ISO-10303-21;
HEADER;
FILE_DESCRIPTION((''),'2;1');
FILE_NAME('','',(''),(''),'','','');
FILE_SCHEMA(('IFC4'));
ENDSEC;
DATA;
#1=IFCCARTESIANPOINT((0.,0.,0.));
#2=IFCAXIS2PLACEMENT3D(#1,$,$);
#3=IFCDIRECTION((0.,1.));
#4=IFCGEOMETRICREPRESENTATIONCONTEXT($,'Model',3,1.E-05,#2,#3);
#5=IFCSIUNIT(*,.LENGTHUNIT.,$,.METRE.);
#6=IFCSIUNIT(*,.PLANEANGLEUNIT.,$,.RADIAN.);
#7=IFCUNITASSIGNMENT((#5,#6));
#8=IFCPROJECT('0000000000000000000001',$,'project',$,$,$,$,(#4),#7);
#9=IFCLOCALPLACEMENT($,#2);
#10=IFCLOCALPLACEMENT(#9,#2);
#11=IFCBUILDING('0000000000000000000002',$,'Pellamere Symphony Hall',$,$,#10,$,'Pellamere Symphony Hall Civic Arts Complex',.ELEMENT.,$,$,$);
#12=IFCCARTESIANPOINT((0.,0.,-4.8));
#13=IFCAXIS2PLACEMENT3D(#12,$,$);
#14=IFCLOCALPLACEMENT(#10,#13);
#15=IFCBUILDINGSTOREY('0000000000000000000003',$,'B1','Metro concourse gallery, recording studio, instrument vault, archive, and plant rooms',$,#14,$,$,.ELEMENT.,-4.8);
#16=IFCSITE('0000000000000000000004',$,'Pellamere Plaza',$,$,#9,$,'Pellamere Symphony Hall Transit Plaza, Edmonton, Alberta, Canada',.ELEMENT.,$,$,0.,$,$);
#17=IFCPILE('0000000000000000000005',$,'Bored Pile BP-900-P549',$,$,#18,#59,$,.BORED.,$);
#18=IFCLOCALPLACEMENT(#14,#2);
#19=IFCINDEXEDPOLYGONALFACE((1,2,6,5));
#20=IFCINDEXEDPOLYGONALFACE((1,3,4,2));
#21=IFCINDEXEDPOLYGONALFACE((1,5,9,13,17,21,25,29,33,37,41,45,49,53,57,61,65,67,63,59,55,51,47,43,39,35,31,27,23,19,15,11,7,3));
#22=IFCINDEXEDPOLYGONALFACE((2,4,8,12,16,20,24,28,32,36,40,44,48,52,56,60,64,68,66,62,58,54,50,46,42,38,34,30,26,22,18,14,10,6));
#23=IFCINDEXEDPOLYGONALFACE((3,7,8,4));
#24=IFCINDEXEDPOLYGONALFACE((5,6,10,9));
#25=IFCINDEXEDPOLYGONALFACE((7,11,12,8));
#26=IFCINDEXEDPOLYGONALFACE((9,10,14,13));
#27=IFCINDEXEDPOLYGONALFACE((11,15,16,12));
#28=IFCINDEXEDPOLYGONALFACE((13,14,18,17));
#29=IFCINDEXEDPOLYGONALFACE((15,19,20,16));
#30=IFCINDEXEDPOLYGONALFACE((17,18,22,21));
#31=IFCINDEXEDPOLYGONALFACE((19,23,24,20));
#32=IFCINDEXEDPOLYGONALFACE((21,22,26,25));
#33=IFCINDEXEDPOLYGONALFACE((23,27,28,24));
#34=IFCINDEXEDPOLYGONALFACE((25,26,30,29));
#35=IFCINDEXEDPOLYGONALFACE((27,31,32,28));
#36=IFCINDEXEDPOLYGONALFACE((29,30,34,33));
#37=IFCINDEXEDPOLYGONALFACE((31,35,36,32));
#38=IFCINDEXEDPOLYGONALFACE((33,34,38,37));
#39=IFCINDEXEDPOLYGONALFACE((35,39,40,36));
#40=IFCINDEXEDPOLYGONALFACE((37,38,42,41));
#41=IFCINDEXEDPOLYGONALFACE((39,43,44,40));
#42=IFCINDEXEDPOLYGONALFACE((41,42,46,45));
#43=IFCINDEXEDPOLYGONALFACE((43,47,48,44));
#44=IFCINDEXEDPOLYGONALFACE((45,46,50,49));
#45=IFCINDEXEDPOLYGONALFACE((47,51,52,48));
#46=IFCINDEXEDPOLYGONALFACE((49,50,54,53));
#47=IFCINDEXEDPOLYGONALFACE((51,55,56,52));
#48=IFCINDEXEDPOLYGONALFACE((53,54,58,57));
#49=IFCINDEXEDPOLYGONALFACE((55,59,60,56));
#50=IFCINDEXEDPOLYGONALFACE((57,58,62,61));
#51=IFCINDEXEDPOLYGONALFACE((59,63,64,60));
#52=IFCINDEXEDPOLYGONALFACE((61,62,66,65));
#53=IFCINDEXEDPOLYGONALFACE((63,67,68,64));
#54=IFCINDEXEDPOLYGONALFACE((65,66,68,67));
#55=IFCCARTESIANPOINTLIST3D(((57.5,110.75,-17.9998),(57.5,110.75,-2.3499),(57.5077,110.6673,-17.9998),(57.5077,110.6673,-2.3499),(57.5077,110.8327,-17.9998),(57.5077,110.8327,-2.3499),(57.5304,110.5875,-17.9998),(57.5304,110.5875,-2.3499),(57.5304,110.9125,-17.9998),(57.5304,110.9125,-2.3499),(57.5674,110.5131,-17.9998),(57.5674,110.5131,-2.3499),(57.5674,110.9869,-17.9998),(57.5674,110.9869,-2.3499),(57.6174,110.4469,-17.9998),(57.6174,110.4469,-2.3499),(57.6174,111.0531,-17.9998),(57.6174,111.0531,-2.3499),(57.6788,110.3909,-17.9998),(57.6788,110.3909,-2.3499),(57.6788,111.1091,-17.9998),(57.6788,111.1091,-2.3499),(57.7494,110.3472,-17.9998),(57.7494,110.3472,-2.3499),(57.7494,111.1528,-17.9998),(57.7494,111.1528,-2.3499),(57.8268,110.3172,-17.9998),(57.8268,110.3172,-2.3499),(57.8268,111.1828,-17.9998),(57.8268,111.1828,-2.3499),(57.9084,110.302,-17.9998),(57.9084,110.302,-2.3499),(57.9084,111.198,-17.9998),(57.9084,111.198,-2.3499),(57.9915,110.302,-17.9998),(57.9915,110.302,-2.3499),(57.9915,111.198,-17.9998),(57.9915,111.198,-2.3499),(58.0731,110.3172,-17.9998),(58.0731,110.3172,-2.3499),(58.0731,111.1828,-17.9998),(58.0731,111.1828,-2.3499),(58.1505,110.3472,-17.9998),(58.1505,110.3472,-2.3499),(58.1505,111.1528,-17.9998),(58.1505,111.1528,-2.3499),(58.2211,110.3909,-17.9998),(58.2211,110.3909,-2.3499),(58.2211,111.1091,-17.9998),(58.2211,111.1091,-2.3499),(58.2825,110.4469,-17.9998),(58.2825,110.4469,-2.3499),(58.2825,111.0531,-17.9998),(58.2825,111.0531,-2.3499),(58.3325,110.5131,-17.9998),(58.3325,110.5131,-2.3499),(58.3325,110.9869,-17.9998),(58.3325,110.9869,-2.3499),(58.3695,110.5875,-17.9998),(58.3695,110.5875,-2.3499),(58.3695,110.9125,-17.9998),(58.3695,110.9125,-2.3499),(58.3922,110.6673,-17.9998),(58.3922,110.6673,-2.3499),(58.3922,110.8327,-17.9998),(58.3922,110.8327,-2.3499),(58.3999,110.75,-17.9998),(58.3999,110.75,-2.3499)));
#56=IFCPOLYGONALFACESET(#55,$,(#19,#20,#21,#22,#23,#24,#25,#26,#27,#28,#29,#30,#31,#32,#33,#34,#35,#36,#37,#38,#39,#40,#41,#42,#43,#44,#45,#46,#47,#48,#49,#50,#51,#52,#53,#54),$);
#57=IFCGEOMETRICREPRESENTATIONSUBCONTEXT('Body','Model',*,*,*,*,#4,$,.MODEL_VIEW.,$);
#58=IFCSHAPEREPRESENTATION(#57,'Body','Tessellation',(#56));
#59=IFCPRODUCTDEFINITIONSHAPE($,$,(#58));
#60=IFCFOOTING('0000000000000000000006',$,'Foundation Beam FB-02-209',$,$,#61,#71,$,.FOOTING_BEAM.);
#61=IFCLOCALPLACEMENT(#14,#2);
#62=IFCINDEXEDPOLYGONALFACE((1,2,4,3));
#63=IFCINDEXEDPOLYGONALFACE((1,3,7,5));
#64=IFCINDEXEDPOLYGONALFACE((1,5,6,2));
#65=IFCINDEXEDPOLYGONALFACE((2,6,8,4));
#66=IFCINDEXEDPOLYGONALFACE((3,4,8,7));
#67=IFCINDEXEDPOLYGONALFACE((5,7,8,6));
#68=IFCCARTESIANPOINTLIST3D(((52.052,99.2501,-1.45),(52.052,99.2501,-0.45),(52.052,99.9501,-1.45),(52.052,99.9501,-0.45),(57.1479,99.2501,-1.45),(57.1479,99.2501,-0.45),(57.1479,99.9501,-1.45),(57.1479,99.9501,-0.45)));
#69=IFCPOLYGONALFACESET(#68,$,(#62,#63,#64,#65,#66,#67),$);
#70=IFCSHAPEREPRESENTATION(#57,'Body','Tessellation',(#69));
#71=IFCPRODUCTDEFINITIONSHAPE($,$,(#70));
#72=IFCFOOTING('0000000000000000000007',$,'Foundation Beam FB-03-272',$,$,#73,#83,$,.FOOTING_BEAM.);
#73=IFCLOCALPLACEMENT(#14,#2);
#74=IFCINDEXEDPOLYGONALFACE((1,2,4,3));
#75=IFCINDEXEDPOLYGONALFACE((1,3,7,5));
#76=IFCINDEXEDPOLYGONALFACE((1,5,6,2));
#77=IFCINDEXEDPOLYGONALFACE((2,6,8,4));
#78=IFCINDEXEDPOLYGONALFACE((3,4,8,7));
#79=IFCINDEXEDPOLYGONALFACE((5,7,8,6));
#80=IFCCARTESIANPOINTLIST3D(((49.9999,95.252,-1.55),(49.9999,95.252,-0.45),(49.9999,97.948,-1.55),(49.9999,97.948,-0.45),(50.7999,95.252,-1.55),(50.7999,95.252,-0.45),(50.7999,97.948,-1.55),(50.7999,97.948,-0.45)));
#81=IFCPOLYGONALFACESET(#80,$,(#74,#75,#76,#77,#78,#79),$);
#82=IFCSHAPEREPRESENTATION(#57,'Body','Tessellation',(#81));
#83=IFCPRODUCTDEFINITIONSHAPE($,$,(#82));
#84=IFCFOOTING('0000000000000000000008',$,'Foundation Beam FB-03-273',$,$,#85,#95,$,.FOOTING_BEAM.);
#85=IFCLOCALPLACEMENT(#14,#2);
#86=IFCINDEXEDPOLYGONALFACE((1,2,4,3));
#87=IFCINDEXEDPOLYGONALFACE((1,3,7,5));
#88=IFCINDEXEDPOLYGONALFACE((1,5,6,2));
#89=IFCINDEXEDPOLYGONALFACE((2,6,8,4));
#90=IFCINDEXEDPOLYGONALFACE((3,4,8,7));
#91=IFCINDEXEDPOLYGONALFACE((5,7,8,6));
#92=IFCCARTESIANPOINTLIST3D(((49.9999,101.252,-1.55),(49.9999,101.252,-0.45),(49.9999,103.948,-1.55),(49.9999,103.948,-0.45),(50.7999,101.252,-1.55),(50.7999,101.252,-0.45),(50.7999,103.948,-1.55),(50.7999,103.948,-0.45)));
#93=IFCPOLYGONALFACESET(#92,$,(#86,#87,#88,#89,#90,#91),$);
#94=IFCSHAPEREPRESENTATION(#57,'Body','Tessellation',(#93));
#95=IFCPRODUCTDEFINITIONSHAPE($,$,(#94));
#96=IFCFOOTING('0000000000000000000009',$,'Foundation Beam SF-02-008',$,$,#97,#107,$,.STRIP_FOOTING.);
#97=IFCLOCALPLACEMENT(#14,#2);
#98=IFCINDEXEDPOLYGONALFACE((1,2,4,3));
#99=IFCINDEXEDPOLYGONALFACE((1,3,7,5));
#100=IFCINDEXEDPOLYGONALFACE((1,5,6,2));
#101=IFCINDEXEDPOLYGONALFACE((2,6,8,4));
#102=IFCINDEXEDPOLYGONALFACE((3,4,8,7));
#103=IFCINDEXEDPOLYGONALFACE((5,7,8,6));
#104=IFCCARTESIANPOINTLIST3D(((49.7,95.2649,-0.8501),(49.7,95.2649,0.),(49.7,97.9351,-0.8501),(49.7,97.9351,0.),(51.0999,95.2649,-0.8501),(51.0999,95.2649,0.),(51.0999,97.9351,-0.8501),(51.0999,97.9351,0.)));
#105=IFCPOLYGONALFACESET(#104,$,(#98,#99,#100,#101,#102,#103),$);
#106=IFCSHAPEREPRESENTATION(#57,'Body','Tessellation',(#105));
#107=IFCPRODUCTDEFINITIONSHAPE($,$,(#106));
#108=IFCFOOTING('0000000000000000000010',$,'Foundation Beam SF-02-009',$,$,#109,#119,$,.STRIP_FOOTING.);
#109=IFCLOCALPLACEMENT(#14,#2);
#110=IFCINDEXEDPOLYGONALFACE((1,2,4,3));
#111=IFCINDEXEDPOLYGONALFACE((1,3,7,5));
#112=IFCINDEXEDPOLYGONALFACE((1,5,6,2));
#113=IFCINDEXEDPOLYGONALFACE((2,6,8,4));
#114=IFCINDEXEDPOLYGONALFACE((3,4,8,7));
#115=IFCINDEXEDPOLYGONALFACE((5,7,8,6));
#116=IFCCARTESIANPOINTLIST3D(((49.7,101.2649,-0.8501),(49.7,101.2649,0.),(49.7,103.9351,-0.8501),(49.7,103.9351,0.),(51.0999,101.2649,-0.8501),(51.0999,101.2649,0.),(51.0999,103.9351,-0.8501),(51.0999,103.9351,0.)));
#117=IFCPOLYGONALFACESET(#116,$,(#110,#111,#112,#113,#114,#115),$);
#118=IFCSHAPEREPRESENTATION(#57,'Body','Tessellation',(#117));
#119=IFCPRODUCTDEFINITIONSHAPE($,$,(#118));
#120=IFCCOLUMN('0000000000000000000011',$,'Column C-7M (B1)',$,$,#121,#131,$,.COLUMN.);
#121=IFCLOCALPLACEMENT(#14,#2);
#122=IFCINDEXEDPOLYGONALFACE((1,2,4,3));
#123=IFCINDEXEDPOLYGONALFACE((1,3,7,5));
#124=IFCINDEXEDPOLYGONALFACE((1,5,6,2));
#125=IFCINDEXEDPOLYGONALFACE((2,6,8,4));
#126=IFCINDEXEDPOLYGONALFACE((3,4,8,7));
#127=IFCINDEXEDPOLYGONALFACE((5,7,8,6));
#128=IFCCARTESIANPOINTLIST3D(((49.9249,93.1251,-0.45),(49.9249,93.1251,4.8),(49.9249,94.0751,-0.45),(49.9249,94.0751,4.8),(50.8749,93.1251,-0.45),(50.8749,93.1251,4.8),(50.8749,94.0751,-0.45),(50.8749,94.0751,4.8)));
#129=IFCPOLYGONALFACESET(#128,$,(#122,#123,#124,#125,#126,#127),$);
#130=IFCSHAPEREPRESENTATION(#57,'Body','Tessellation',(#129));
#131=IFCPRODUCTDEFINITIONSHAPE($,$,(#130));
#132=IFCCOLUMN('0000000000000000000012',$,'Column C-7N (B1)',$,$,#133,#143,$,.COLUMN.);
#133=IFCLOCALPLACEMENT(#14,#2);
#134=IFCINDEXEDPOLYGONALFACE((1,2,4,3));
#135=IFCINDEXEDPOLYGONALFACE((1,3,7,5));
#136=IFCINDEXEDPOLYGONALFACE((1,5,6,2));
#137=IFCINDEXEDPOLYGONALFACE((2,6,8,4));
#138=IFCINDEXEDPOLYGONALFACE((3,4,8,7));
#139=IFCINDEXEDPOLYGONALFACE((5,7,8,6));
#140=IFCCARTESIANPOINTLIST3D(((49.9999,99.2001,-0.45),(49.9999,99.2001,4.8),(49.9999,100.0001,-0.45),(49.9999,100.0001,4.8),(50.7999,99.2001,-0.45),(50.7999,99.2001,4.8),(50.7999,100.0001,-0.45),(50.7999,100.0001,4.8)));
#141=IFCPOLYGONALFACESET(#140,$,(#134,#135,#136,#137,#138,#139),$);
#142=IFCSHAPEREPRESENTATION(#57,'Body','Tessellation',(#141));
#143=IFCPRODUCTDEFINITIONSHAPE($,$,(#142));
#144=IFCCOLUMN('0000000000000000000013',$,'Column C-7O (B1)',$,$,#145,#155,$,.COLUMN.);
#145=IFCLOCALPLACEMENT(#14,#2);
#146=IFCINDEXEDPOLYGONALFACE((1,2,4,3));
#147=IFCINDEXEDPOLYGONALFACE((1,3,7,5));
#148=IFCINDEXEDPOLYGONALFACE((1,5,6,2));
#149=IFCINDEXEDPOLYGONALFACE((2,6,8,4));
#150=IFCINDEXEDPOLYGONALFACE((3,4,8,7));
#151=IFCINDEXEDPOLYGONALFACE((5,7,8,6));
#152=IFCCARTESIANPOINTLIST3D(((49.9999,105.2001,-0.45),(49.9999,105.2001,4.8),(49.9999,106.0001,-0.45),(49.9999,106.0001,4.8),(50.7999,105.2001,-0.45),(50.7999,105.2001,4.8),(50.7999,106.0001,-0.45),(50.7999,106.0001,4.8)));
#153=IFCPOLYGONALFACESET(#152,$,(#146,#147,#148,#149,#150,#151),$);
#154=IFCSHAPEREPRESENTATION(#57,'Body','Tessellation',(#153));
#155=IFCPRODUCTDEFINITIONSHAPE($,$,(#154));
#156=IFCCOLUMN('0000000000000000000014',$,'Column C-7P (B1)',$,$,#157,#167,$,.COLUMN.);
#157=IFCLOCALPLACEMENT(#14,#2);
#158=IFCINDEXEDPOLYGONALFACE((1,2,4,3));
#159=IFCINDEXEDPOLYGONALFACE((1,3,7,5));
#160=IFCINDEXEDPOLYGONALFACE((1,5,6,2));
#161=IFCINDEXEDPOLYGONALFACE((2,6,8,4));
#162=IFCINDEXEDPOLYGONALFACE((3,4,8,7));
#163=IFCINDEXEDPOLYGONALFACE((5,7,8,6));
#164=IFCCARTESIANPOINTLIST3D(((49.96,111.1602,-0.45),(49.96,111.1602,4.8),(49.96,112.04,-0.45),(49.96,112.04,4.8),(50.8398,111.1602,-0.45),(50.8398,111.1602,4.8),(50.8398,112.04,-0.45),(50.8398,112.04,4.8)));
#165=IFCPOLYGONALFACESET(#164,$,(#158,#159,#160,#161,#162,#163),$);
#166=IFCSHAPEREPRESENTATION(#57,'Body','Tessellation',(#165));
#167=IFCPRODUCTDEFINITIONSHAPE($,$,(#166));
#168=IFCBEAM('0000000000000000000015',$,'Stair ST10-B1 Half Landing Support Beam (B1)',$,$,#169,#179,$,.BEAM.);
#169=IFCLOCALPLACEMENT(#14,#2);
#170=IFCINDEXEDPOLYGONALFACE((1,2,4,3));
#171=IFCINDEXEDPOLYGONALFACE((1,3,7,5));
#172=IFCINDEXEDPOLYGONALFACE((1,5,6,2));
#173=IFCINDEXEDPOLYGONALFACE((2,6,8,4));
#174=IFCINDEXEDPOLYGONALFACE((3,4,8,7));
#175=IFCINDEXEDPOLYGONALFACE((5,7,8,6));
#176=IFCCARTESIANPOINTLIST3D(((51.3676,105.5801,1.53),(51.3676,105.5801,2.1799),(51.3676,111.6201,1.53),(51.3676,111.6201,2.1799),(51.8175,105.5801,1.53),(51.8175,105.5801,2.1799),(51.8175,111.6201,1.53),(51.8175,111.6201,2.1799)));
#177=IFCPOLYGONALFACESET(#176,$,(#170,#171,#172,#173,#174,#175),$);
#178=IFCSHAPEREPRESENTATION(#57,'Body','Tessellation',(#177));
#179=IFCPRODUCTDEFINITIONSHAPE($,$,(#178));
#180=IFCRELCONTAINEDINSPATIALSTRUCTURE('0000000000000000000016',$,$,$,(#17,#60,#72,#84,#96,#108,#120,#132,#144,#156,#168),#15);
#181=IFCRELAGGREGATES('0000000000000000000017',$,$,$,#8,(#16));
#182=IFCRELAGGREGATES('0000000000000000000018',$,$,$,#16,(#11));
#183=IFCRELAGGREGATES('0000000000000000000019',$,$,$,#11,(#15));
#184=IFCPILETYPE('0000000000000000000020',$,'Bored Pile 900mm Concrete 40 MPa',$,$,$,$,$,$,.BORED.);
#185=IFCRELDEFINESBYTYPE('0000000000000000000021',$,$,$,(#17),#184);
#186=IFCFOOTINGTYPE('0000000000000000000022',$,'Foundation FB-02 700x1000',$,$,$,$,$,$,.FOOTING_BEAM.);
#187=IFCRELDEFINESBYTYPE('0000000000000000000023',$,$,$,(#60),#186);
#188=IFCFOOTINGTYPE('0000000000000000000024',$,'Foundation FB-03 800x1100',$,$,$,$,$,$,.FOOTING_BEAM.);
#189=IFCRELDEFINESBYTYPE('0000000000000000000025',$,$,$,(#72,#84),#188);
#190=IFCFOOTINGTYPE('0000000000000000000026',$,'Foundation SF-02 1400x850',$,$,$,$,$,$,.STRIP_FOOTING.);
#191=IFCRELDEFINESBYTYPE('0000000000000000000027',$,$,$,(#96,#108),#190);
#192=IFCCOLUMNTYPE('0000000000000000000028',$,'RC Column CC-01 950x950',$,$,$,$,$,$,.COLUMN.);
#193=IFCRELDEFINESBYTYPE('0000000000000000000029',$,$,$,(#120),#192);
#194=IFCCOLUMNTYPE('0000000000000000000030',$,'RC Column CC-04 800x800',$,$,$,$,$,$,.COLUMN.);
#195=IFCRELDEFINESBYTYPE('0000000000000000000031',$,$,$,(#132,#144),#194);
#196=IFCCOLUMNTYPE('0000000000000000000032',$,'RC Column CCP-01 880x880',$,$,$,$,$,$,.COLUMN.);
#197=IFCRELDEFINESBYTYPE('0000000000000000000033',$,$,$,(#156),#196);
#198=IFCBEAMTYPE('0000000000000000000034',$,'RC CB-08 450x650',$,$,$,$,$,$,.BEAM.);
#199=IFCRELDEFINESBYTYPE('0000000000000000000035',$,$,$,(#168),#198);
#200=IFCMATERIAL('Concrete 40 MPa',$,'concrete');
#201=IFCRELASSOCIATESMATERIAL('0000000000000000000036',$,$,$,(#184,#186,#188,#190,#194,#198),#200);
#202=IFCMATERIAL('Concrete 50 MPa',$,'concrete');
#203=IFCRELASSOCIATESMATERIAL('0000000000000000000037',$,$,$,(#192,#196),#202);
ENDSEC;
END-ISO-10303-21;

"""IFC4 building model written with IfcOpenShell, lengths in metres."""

from ifc_helpers import new_model, si_unit, direction, frame, origin, origin_2d, place, context, subcontext, project, spatial, rectangle, circle, extrude, material, material_profile, profile_set, type_object, element, save


model = new_model("IFC4")

# Units and contexts
model_context = context("Model", 3, precision=1e-05, world=origin(), true_north=direction((0.0, 1.0)))
body_context = subcontext(model_context, "Body", "Model", "MODEL_VIEW")
ifc_project = project(units=[si_unit("LENGTHUNIT", "METRE"), si_unit("PLANEANGLEUNIT", "RADIAN")], contexts=[model_context])

# Site, building, storey
site_placement = place(None, origin())
site = spatial("IfcSite", under=ifc_project, at=site_placement, Name="Pellamere Plaza", LongName="Pellamere Symphony Hall Transit Plaza, Edmonton, Alberta, Canada", CompositionType="ELEMENT", RefElevation=0.0)
building_placement = place(site_placement, origin())
building = spatial("IfcBuilding", under=site, at=building_placement, Name="Pellamere Symphony Hall", LongName="Pellamere Symphony Hall Civic Arts Complex", CompositionType="ELEMENT")
storey_placement = place(building_placement, frame((0.0, 0.0, -4.8)))
storey = spatial("IfcBuildingStorey", under=building, at=storey_placement, Name="B1", Description="Metro concourse gallery, recording studio, instrument vault, archive, and plant rooms", CompositionType="ELEMENT", Elevation=-4.8)

# Pile
ifc_material_1 = material(Name="Concrete 40 MPa", Category="concrete")
ifc_material_profile_1 = material_profile(ifc_material_1, circle(Radius=0.45, at=origin_2d()), Name="PILE D900")
ifc_profile_set_1 = profile_set([ifc_material_profile_1], Name="Concrete 40 MPa")
pile_type_1 = type_object("IfcPileType", Name="Bored Pile 900mm Concrete 40 MPa", PredefinedType="BORED", material=ifc_profile_set_1)
for number, where, z_axis, x_axis, name in (
    (1, (57.95, 110.75, -2.3499), (0.0, 0.0, -1.0), (1.0, 0.0, 0.0), "Bored Pile BP-900-P549"),
):
    element("IfcPile", number, at=place(storey_placement, frame(where, z_axis=z_axis, x_axis=x_axis)), inside=storey, type_object=pile_type_1, Name=name, PredefinedType="BORED", context=body_context, shape_type="SweptSolid", body=[
        extrude(circle(Radius=0.45, at=origin_2d()), origin(), (0.0, 0.0, 1.0), 15.6499),
    ])

# Footings
ifc_material_profile_2 = material_profile(ifc_material_1, rectangle(XDim=0.7, YDim=1.0, at=origin_2d()), Name="RC 700x1000")
ifc_profile_set_2 = profile_set([ifc_material_profile_2], Name="Concrete 40 MPa")
footing_type_1 = type_object("IfcFootingType", Name="Foundation FB-02 700x1000", PredefinedType="FOOTING_BEAM", material=ifc_profile_set_2)
footing_placement = place(storey_placement, frame((52.052, 99.6001, -0.95), z_axis=(1.0, 0.0, 0.0), x_axis=(0.0, 1.0, 0.0)))
element("IfcFooting", 2, at=footing_placement, inside=storey, type_object=footing_type_1, Name="Foundation Beam FB-02-209", PredefinedType="FOOTING_BEAM", context=body_context, shape_type="SweptSolid", body=[
    extrude(rectangle(XDim=0.7, YDim=1.0, at=origin_2d()), origin(), (0.0, 0.0, 1.0), 5.0959),
])
ifc_material_profile_3 = material_profile(ifc_material_1, rectangle(XDim=0.8, YDim=1.1001, at=origin_2d()), Name="RC 800x1100")
ifc_profile_set_3 = profile_set([ifc_material_profile_3], Name="Concrete 40 MPa")
footing_type_2 = type_object("IfcFootingType", Name="Foundation FB-03 800x1100", PredefinedType="FOOTING_BEAM", material=ifc_profile_set_3)
for number, where, z_axis, x_axis, name in (
    (3, (50.3999, 95.252, -1.0), (0.0, 1.0, 0.0), (-1.0, 0.0, 0.0), "Foundation Beam FB-03-272"),
    (4, (50.3999, 101.252, -1.0), (0.0, 1.0, 0.0), (-1.0, 0.0, 0.0), "Foundation Beam FB-03-273"),
):
    element("IfcFooting", number, at=place(storey_placement, frame(where, z_axis=z_axis, x_axis=x_axis)), inside=storey, type_object=footing_type_2, Name=name, PredefinedType="FOOTING_BEAM", context=body_context, shape_type="SweptSolid", body=[
        extrude(rectangle(XDim=0.8, YDim=1.1001, at=origin_2d()), origin(), (0.0, 0.0, 1.0), 2.696),
    ])
ifc_material_profile_4 = material_profile(ifc_material_1, rectangle(XDim=1.3999, YDim=0.8501, at=origin_2d()), Name="RC 1400x850")
ifc_profile_set_4 = profile_set([ifc_material_profile_4], Name="Concrete 40 MPa")
footing_type_3 = type_object("IfcFootingType", Name="Foundation SF-02 1400x850", PredefinedType="STRIP_FOOTING", material=ifc_profile_set_4)
for number, where, z_axis, x_axis, name in (
    (5, (50.3999, 95.2649, -0.425), (0.0, 1.0, 0.0), (-1.0, 0.0, 0.0), "Foundation Beam SF-02-008"),
    (6, (50.3999, 101.2649, -0.425), (0.0, 1.0, 0.0), (-1.0, 0.0, 0.0), "Foundation Beam SF-02-009"),
):
    element("IfcFooting", number, at=place(storey_placement, frame(where, z_axis=z_axis, x_axis=x_axis)), inside=storey, type_object=footing_type_3, Name=name, PredefinedType="STRIP_FOOTING", context=body_context, shape_type="SweptSolid", body=[
        extrude(rectangle(XDim=1.3999, YDim=0.8501, at=origin_2d()), origin(), (0.0, 0.0, 1.0), 2.6702),
    ])

# Columns
ifc_material_2 = material(Name="Concrete 50 MPa", Category="concrete")
ifc_material_profile_5 = material_profile(ifc_material_2, rectangle(XDim=0.95, YDim=0.95, at=origin_2d()), Name="RC 950x950")
ifc_profile_set_5 = profile_set([ifc_material_profile_5], Name="Concrete 50 MPa")
column_type_1 = type_object("IfcColumnType", Name="RC Column CC-01 950x950", PredefinedType="COLUMN", material=ifc_profile_set_5)
column_1_placement = place(storey_placement, frame((50.3999, 93.6001, -0.45), z_axis=(0.0, 0.0, 1.0), x_axis=(1.0, 0.0, 0.0)))
element("IfcColumn", 7, at=column_1_placement, inside=storey, type_object=column_type_1, Name="Column C-7M (B1)", PredefinedType="COLUMN", context=body_context, shape_type="SweptSolid", body=[
    extrude(rectangle(XDim=0.95, YDim=0.95, at=origin_2d()), origin(), (0.0, 0.0, 1.0), 5.25),
])
ifc_material_profile_6 = material_profile(ifc_material_1, rectangle(XDim=0.8, YDim=0.8, at=origin_2d()), Name="RC 800x800")
ifc_profile_set_6 = profile_set([ifc_material_profile_6], Name="Concrete 40 MPa")
column_type_2 = type_object("IfcColumnType", Name="RC Column CC-04 800x800", PredefinedType="COLUMN", material=ifc_profile_set_6)
for number, where, z_axis, x_axis, name in (
    (8, (50.3999, 99.6001, -0.45), (0.0, 0.0, 1.0), (1.0, 0.0, 0.0), "Column C-7N (B1)"),
    (9, (50.3999, 105.6001, -0.45), (0.0, 0.0, 1.0), (1.0, 0.0, 0.0), "Column C-7O (B1)"),
):
    element("IfcColumn", number, at=place(storey_placement, frame(where, z_axis=z_axis, x_axis=x_axis)), inside=storey, type_object=column_type_2, Name=name, PredefinedType="COLUMN", context=body_context, shape_type="SweptSolid", body=[
        extrude(rectangle(XDim=0.8, YDim=0.8, at=origin_2d()), origin(), (0.0, 0.0, 1.0), 5.25),
    ])
ifc_material_profile_7 = material_profile(ifc_material_2, rectangle(XDim=0.8799, YDim=0.8799, at=origin_2d()), Name="RC 880x880")
ifc_profile_set_7 = profile_set([ifc_material_profile_7], Name="Concrete 50 MPa")
column_type_3 = type_object("IfcColumnType", Name="RC Column CCP-01 880x880", PredefinedType="COLUMN", material=ifc_profile_set_7)
column_2_placement = place(storey_placement, frame((50.3999, 111.6001, -0.45), z_axis=(0.0, 0.0, 1.0), x_axis=(1.0, 0.0, 0.0)))
element("IfcColumn", 10, at=column_2_placement, inside=storey, type_object=column_type_3, Name="Column C-7P (B1)", PredefinedType="COLUMN", context=body_context, shape_type="SweptSolid", body=[
    extrude(rectangle(XDim=0.8799, YDim=0.8799, at=origin_2d()), origin(), (0.0, 0.0, 1.0), 5.25),
])

# Beam
ifc_material_profile_8 = material_profile(ifc_material_1, rectangle(XDim=0.45, YDim=0.6499, at=origin_2d()), Name="RC 450x650")
ifc_profile_set_8 = profile_set([ifc_material_profile_8], Name="Concrete 40 MPa")
beam_type = type_object("IfcBeamType", Name="RC CB-08 450x650", PredefinedType="BEAM", material=ifc_profile_set_8)
beam_placement = place(storey_placement, frame((51.5925, 105.5801, 1.855), z_axis=(0.0, 1.0, 0.0), x_axis=(-1.0, 0.0, 0.0)))
element("IfcBeam", 11, at=beam_placement, inside=storey, type_object=beam_type, Name="Stair ST10-B1 Half Landing Support Beam (B1)", PredefinedType="BEAM", context=body_context, shape_type="SweptSolid", body=[
    extrude(rectangle(XDim=0.45, YDim=0.6499, at=origin_2d()), origin(), (0.0, 0.0, 1.0), 6.04),
])

save(model, "model.ifc")
